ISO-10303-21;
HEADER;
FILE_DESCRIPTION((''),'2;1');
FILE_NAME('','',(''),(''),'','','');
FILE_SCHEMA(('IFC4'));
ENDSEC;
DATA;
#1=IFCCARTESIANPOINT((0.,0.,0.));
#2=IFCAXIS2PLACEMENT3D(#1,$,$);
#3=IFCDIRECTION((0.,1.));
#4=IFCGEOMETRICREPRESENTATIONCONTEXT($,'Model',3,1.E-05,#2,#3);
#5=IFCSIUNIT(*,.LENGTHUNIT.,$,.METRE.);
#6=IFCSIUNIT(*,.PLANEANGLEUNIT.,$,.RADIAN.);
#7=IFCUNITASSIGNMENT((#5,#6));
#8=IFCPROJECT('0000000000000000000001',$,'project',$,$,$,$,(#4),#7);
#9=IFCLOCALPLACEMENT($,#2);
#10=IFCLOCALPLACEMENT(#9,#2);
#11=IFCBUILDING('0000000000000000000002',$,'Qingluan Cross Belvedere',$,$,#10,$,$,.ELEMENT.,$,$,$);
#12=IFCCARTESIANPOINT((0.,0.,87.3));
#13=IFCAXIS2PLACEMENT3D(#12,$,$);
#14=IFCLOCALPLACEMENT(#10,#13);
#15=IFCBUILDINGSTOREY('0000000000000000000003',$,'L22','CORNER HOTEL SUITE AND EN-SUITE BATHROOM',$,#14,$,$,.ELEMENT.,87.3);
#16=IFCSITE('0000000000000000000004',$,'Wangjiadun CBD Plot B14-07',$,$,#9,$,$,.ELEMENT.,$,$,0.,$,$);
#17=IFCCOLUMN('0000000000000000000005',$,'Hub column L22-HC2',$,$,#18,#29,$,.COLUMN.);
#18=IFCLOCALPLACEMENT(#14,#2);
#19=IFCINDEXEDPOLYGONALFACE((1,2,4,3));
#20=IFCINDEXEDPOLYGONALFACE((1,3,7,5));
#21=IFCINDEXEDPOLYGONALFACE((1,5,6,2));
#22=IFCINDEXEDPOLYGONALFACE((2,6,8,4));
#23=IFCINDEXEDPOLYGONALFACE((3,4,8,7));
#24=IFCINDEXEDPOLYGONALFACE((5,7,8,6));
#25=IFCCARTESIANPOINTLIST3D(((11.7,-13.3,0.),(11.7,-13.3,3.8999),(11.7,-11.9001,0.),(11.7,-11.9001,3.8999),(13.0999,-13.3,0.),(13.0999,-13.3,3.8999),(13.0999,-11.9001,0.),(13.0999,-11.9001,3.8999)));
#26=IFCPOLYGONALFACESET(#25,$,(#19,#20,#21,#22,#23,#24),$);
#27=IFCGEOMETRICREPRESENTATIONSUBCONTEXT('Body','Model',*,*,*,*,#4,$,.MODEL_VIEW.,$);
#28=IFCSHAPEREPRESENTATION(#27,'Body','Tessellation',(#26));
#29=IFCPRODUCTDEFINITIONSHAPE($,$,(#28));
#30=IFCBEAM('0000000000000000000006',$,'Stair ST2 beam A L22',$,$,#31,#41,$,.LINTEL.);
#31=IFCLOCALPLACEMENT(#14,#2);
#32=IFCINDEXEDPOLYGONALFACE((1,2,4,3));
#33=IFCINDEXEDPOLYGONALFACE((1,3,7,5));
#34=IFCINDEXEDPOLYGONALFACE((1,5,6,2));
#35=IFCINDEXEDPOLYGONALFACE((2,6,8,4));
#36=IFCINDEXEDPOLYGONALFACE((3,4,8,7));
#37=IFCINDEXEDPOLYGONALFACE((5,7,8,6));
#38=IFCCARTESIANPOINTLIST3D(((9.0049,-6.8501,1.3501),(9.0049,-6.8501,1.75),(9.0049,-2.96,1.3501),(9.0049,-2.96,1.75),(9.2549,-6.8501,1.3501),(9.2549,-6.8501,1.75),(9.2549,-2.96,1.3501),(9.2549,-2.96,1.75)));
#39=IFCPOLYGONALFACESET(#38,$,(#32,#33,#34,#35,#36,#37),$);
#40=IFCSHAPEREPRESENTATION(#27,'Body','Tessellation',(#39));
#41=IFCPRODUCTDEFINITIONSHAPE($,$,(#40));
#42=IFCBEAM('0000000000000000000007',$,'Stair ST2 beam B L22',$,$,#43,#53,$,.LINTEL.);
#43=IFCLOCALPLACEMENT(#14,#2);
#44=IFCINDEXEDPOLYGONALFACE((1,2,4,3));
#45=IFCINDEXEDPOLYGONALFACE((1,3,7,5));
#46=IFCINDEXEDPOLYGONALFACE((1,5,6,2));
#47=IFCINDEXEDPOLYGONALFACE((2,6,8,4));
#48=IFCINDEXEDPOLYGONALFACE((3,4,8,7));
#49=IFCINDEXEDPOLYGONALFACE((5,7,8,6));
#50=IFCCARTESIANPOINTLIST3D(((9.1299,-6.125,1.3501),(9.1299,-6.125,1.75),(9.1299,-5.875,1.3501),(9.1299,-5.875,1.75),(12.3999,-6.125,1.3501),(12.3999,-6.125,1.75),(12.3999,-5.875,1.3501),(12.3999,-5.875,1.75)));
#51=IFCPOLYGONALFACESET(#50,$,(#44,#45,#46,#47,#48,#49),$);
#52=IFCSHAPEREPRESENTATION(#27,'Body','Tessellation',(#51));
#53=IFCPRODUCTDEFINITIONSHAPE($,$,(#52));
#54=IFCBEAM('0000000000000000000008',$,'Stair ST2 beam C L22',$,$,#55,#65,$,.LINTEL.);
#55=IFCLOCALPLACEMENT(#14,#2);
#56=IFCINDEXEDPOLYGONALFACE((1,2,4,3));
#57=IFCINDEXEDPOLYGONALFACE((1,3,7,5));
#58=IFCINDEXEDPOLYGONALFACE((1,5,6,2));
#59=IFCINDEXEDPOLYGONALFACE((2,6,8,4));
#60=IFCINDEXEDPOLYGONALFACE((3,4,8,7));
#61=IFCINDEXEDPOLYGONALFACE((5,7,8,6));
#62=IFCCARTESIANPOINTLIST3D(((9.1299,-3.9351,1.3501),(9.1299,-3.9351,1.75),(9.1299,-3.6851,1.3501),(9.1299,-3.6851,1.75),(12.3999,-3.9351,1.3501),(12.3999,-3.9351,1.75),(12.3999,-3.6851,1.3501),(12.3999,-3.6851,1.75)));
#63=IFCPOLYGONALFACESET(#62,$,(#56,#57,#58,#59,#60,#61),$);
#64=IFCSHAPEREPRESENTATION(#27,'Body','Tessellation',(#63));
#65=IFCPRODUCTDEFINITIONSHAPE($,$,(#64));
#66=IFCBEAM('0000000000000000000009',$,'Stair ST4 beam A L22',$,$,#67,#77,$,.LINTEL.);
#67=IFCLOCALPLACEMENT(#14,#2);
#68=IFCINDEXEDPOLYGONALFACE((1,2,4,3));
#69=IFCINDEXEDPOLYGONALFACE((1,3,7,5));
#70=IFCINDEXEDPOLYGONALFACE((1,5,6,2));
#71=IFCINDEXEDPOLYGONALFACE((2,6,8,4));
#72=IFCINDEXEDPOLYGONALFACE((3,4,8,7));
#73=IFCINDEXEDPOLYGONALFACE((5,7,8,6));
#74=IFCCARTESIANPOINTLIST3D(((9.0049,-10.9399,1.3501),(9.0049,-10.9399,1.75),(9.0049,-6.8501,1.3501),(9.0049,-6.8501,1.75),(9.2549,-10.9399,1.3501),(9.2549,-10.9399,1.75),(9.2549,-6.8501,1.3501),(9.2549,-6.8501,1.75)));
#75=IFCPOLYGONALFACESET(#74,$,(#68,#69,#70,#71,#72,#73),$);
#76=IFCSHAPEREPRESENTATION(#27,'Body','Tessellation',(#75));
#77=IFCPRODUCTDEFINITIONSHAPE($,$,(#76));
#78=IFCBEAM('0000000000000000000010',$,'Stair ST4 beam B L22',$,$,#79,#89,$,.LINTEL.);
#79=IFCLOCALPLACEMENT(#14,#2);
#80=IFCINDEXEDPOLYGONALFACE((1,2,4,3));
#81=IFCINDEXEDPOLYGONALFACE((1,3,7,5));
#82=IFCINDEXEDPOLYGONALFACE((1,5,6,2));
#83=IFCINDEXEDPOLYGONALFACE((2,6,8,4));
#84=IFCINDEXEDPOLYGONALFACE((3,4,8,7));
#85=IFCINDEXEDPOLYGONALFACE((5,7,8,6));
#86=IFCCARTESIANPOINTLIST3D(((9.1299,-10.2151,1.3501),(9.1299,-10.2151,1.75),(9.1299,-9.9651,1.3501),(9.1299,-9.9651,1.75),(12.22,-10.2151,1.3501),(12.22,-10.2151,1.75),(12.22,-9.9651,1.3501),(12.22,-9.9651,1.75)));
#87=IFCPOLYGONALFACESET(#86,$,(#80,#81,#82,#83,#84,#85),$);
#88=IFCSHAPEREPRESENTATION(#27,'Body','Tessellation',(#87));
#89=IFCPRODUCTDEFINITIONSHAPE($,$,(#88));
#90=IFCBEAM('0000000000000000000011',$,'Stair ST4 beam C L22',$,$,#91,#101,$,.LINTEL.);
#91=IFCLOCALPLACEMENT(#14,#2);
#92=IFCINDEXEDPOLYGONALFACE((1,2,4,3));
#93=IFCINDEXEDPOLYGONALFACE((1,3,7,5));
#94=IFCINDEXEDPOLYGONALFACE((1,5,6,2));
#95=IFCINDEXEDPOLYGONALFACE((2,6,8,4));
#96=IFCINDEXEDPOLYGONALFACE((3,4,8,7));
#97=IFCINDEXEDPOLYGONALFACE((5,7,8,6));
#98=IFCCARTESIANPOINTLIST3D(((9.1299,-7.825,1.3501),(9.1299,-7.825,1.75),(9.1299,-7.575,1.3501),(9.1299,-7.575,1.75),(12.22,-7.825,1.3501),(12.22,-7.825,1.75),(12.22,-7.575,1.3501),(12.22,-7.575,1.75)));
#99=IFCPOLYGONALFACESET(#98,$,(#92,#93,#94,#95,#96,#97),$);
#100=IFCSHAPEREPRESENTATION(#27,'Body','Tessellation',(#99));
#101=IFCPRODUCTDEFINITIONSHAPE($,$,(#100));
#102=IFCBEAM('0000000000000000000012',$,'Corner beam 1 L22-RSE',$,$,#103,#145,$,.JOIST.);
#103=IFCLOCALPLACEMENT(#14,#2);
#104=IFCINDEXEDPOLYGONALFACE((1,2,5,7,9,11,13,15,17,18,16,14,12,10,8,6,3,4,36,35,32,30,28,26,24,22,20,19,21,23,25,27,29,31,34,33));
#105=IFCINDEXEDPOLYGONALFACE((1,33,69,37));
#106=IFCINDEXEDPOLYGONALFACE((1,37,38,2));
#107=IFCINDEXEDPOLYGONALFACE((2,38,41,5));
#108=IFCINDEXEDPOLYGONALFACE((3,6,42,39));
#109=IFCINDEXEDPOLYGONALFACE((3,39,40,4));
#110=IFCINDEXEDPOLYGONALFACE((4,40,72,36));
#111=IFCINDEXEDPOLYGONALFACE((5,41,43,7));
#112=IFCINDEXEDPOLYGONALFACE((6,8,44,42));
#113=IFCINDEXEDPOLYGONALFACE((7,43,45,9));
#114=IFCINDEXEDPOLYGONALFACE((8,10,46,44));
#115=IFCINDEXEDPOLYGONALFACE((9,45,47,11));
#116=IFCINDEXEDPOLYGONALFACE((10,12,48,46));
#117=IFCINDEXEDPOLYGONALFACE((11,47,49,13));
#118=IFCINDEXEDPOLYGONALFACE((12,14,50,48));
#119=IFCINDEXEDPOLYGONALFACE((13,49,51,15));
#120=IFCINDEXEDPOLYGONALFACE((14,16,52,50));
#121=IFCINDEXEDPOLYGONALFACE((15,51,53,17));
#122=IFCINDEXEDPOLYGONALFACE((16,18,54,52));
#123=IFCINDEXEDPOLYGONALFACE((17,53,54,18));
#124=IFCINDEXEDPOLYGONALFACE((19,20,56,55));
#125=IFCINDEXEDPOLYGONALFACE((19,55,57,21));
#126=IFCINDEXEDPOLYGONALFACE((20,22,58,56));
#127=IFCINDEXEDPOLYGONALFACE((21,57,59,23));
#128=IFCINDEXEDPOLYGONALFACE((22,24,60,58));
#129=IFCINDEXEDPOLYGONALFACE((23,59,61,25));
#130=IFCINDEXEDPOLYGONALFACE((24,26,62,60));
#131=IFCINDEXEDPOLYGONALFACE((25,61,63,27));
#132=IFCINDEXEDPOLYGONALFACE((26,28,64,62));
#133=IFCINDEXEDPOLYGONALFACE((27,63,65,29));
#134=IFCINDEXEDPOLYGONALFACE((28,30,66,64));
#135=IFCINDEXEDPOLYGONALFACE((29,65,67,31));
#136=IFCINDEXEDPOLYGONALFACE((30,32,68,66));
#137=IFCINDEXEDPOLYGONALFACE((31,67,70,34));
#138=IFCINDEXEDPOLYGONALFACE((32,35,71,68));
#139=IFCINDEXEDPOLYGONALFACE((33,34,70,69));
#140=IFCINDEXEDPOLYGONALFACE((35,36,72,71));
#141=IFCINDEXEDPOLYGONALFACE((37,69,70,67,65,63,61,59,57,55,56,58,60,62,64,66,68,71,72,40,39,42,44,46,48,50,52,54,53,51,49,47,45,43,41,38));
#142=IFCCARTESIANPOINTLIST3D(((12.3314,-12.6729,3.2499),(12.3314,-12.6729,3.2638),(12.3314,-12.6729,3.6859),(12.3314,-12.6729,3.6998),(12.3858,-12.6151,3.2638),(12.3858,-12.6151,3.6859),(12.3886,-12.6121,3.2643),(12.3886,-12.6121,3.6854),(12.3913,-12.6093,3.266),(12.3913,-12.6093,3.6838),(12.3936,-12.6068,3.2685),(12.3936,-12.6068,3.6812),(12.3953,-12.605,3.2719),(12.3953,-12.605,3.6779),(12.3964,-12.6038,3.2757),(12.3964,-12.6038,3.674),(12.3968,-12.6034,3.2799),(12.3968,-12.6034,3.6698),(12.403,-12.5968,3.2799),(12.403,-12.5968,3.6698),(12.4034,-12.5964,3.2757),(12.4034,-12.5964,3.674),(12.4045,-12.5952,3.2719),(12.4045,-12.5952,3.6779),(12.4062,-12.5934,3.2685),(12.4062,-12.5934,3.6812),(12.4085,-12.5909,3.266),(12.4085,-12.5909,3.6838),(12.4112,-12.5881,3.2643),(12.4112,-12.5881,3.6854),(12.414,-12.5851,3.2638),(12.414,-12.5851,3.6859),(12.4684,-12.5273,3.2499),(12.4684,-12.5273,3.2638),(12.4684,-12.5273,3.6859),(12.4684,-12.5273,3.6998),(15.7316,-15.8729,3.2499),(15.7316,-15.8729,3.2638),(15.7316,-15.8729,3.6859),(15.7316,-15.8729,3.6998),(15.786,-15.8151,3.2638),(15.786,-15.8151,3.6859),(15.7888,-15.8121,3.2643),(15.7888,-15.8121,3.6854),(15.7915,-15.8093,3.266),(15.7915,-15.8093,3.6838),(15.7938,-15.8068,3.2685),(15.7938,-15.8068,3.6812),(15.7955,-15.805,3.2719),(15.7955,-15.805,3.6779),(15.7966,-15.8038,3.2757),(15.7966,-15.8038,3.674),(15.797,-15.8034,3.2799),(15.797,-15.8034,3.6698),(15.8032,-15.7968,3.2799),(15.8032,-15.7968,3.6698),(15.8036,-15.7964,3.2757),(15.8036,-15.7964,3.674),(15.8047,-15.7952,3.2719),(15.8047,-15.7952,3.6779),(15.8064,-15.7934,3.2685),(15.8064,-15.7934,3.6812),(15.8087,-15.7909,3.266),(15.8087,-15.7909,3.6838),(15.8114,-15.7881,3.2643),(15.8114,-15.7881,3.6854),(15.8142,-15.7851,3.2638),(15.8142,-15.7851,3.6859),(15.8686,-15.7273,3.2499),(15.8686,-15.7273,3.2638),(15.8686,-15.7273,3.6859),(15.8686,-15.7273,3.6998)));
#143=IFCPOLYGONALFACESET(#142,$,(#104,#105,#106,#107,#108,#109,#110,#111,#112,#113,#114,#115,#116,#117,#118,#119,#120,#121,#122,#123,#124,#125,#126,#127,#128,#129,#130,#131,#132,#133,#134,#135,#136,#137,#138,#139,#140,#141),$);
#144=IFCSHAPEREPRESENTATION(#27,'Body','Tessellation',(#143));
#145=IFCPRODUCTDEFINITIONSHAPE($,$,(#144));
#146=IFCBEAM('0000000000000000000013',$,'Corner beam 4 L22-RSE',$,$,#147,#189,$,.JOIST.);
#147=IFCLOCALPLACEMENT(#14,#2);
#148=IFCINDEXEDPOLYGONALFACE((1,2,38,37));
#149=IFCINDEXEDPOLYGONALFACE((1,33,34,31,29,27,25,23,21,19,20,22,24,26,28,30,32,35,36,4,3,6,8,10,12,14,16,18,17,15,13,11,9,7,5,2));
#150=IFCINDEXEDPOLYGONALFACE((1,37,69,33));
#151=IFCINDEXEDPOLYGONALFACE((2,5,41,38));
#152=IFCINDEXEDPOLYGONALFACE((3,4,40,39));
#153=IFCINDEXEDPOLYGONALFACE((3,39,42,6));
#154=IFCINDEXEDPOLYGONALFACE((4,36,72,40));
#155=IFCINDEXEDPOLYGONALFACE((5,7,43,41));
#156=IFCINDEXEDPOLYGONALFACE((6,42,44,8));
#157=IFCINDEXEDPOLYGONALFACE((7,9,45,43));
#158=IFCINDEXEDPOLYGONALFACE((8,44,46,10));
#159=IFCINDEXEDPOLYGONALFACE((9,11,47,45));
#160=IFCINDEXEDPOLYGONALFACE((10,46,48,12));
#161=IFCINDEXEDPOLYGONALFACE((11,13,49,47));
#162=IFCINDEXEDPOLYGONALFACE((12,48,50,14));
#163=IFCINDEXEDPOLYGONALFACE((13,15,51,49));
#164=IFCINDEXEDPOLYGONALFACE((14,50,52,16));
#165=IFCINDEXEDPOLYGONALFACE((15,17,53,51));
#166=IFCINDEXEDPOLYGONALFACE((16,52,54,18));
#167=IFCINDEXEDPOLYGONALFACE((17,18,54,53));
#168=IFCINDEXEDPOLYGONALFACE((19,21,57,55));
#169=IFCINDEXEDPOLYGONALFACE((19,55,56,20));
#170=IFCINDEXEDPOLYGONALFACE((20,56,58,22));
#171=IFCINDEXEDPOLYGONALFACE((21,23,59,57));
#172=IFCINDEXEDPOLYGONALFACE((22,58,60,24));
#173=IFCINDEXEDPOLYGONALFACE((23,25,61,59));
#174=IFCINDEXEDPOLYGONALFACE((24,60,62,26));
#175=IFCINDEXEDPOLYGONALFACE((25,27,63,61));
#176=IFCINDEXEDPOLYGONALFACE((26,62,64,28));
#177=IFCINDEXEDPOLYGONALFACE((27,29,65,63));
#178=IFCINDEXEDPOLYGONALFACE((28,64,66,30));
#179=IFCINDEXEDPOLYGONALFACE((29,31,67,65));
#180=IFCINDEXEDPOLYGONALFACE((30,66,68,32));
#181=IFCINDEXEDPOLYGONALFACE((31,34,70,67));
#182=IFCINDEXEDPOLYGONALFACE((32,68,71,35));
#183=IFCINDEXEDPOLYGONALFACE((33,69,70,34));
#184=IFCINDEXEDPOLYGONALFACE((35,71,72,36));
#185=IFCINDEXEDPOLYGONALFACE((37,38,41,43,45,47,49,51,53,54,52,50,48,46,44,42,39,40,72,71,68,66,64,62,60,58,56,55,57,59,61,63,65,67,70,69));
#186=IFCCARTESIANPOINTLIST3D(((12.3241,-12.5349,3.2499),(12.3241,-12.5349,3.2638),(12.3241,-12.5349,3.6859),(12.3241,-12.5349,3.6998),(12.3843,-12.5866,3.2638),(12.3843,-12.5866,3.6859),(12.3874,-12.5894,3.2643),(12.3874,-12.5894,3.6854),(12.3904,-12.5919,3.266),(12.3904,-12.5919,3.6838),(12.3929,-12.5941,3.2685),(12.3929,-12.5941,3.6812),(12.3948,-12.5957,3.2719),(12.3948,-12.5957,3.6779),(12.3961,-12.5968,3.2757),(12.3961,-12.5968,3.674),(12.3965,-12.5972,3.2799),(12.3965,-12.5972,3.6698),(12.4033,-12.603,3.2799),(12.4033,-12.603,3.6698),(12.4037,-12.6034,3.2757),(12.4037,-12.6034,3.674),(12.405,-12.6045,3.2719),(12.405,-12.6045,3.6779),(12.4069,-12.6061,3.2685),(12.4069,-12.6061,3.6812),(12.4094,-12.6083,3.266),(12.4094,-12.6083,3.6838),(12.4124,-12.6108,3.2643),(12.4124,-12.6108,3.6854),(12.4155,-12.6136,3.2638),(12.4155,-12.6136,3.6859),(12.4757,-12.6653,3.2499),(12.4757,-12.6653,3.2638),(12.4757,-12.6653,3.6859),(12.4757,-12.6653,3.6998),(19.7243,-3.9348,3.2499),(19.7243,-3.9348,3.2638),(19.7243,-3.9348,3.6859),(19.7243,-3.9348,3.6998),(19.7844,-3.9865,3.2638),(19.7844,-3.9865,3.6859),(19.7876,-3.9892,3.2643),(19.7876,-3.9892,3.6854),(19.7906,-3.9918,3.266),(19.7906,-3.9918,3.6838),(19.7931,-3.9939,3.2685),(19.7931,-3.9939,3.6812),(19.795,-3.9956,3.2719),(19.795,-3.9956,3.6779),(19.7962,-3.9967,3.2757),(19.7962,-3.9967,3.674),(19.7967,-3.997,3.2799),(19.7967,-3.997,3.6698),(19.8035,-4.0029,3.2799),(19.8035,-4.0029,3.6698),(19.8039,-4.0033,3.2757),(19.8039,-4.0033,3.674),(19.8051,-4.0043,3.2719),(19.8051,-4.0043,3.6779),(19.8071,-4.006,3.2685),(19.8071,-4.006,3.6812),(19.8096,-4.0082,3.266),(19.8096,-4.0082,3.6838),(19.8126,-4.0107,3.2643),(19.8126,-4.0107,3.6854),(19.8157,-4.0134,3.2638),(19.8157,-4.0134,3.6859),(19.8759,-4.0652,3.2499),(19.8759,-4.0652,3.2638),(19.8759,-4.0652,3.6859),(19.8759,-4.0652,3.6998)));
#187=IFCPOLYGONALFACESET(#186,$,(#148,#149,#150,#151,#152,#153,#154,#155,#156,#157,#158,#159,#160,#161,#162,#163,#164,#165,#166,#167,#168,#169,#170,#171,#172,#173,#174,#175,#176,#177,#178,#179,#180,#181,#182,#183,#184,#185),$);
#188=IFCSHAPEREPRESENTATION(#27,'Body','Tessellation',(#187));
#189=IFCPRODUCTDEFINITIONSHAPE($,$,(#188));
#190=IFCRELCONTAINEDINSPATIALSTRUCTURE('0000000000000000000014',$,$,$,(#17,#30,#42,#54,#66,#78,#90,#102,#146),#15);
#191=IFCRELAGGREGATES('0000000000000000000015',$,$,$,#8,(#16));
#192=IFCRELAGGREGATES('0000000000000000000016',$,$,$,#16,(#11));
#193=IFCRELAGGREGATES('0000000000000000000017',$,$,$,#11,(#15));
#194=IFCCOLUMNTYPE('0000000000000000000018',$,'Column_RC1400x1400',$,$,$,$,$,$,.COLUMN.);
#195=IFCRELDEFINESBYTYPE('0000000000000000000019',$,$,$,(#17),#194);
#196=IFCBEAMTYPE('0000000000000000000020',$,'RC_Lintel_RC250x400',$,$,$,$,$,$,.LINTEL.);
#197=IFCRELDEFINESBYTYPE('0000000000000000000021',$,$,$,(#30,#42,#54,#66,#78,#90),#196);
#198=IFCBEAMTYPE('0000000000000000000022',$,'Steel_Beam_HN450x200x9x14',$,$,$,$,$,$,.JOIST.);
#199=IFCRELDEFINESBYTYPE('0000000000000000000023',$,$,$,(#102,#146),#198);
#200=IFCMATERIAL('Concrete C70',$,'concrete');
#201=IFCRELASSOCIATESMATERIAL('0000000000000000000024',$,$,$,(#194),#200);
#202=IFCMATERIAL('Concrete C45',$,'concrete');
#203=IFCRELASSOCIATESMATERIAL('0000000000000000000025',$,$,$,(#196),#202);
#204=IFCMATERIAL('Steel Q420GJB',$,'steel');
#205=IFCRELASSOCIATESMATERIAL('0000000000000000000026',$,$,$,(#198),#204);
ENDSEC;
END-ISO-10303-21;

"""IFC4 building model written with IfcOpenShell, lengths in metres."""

from ifc_helpers import new_model, si_unit, direction, frame, origin, origin_2d, place, context, subcontext, project, spatial, rectangle, i_section, extrude, material, material_profile, profile_set, type_object, element, save


model = new_model("IFC4")

# Units and contexts
model_context = context("Model", 3, precision=1e-05, world=origin(), true_north=direction((0.0, 1.0)))
body_context = subcontext(model_context, "Body", "Model", "MODEL_VIEW")
ifc_project = project(units=[si_unit("LENGTHUNIT", "METRE"), si_unit("PLANEANGLEUNIT", "RADIAN")], contexts=[model_context])

# Site, building, storey
site_placement = place(None, origin())
site = spatial("IfcSite", under=ifc_project, at=site_placement, Name="Wangjiadun CBD Plot B14-07", CompositionType="ELEMENT", RefElevation=0.0)
building_placement = place(site_placement, origin())
building = spatial("IfcBuilding", under=site, at=building_placement, Name="Qingluan Cross Belvedere", CompositionType="ELEMENT")
storey_placement = place(building_placement, frame((0.0, 0.0, 87.3)))
storey = spatial("IfcBuildingStorey", under=building, at=storey_placement, Name="L22", Description="CORNER HOTEL SUITE AND EN-SUITE BATHROOM", CompositionType="ELEMENT", Elevation=87.3)

# Column
ifc_material_1 = material(Name="Concrete C70", Category="concrete")
ifc_material_profile_1 = material_profile(ifc_material_1, rectangle(XDim=1.3999, YDim=1.3999, at=origin_2d()), Name="RC1400x1400")
ifc_profile_set_1 = profile_set([ifc_material_profile_1], Name="Concrete C70")
column_type = type_object("IfcColumnType", Name="Column_RC1400x1400", PredefinedType="COLUMN", material=ifc_profile_set_1)
column_placement = place(storey_placement, frame((12.3999, -12.6001, 0.0), z_axis=(0.0, 0.0, 1.0), x_axis=(1.0, 0.0, 0.0)))
element("IfcColumn", 1, at=column_placement, inside=storey, type_object=column_type, Name="Hub column L22-HC2", PredefinedType="COLUMN", context=body_context, shape_type="SweptSolid", body=[
    extrude(rectangle(XDim=1.3999, YDim=1.3999, at=origin_2d()), origin(), (0.0, 0.0, 1.0), 3.8999),
])

# Beams
ifc_material_2 = material(Name="Concrete C45", Category="concrete")
ifc_material_profile_2 = material_profile(ifc_material_2, rectangle(XDim=0.25, YDim=0.3999, at=origin_2d()), Name="RC250x400")
ifc_profile_set_2 = profile_set([ifc_material_profile_2], Name="Concrete C45")
beam_type_1 = type_object("IfcBeamType", Name="RC_Lintel_RC250x400", PredefinedType="LINTEL", material=ifc_profile_set_2)
beam_1_placement = place(storey_placement, frame((9.1299, -6.8501, 1.55), z_axis=(0.0, 1.0, 0.0), x_axis=(-1.0, 0.0, 0.0)))
element("IfcBeam", 2, at=beam_1_placement, inside=storey, type_object=beam_type_1, Name="Stair ST2 beam A L22", PredefinedType="LINTEL", context=body_context, shape_type="SweptSolid", body=[
    extrude(rectangle(XDim=0.25, YDim=0.3999, at=origin_2d()), origin(), (0.0, 0.0, 1.0), 3.8901),
])
for number, where, z_axis, x_axis, name in (
    (3, (12.3999, -6.0, 1.55), (-1.0, 0.0, 0.0), (0.0, -1.0, 0.0), "Stair ST2 beam B L22"),
    (4, (12.3999, -3.8101, 1.55), (-1.0, 0.0, 0.0), (0.0, -1.0, 0.0), "Stair ST2 beam C L22"),
):
    element("IfcBeam", number, at=place(storey_placement, frame(where, z_axis=z_axis, x_axis=x_axis)), inside=storey, type_object=beam_type_1, Name=name, PredefinedType="LINTEL", context=body_context, shape_type="SweptSolid", body=[
        extrude(rectangle(XDim=0.25, YDim=0.3999, at=origin_2d()), origin(), (0.0, 0.0, 1.0), 3.27),
    ])
beam_2_placement = place(storey_placement, frame((9.1299, -10.9399, 1.55), z_axis=(0.0, 1.0, 0.0), x_axis=(-1.0, 0.0, 0.0)))
element("IfcBeam", 5, at=beam_2_placement, inside=storey, type_object=beam_type_1, Name="Stair ST4 beam A L22", PredefinedType="LINTEL", context=body_context, shape_type="SweptSolid", body=[
    extrude(rectangle(XDim=0.25, YDim=0.3999, at=origin_2d()), origin(), (0.0, 0.0, 1.0), 4.0898),
])
for number, where, z_axis, x_axis, name in (
    (6, (12.22, -10.0901, 1.55), (-1.0, 0.0, 0.0), (0.0, -1.0, 0.0), "Stair ST4 beam B L22"),
    (7, (12.22, -7.7, 1.55), (-1.0, 0.0, 0.0), (0.0, -1.0, 0.0), "Stair ST4 beam C L22"),
):
    element("IfcBeam", number, at=place(storey_placement, frame(where, z_axis=z_axis, x_axis=x_axis)), inside=storey, type_object=beam_type_1, Name=name, PredefinedType="LINTEL", context=body_context, shape_type="SweptSolid", body=[
        extrude(rectangle(XDim=0.25, YDim=0.3999, at=origin_2d()), origin(), (0.0, 0.0, 1.0), 3.0901),
    ])
ifc_material_3 = material(Name="Steel Q420GJB", Category="steel")
ifc_material_profile_3 = material_profile(ifc_material_3, i_section(OverallWidth=0.2, OverallDepth=0.45, WebThickness=0.009, FlangeThickness=0.0139, FilletRadius=0.0161, at=origin_2d()), Name="HN450x200x9x14")
ifc_profile_set_3 = profile_set([ifc_material_profile_3], Name="Steel Q420GJB")
beam_type_2 = type_object("IfcBeamType", Name="Steel_Beam_HN450x200x9x14", PredefinedType="JOIST", material=ifc_profile_set_3)
beam_3_placement = place(storey_placement, frame((12.3999, -12.6001, 3.4749), z_axis=(0.72822, -0.685343, 0.0), x_axis=(0.685343, 0.72822, 0.0)))
element("IfcBeam", 8, at=beam_3_placement, inside=storey, type_object=beam_type_2, Name="Corner beam 1 L22-RSE", PredefinedType="JOIST", context=body_context, shape_type="SweptSolid", body=[
    extrude(i_section(OverallWidth=0.2, OverallDepth=0.45, WebThickness=0.009, FlangeThickness=0.0139, FilletRadius=0.0161, at=origin_2d()), origin(), (0.0, 0.0, 1.0), 4.6692),
])
beam_4_placement = place(storey_placement, frame((12.3999, -12.6001, 3.4749), z_axis=(0.652245, 0.758008, 0.0), x_axis=(-0.758008, 0.652245, 0.0)))
element("IfcBeam", 9, at=beam_4_placement, inside=storey, type_object=beam_type_2, Name="Corner beam 4 L22-RSE", PredefinedType="JOIST", context=body_context, shape_type="SweptSolid", body=[
    extrude(i_section(OverallWidth=0.2, OverallDepth=0.45, WebThickness=0.009, FlangeThickness=0.0139, FilletRadius=0.0161, at=origin_2d()), origin(), (0.0, 0.0, 1.0), 11.3457),
])

save(model, "model.ifc")
